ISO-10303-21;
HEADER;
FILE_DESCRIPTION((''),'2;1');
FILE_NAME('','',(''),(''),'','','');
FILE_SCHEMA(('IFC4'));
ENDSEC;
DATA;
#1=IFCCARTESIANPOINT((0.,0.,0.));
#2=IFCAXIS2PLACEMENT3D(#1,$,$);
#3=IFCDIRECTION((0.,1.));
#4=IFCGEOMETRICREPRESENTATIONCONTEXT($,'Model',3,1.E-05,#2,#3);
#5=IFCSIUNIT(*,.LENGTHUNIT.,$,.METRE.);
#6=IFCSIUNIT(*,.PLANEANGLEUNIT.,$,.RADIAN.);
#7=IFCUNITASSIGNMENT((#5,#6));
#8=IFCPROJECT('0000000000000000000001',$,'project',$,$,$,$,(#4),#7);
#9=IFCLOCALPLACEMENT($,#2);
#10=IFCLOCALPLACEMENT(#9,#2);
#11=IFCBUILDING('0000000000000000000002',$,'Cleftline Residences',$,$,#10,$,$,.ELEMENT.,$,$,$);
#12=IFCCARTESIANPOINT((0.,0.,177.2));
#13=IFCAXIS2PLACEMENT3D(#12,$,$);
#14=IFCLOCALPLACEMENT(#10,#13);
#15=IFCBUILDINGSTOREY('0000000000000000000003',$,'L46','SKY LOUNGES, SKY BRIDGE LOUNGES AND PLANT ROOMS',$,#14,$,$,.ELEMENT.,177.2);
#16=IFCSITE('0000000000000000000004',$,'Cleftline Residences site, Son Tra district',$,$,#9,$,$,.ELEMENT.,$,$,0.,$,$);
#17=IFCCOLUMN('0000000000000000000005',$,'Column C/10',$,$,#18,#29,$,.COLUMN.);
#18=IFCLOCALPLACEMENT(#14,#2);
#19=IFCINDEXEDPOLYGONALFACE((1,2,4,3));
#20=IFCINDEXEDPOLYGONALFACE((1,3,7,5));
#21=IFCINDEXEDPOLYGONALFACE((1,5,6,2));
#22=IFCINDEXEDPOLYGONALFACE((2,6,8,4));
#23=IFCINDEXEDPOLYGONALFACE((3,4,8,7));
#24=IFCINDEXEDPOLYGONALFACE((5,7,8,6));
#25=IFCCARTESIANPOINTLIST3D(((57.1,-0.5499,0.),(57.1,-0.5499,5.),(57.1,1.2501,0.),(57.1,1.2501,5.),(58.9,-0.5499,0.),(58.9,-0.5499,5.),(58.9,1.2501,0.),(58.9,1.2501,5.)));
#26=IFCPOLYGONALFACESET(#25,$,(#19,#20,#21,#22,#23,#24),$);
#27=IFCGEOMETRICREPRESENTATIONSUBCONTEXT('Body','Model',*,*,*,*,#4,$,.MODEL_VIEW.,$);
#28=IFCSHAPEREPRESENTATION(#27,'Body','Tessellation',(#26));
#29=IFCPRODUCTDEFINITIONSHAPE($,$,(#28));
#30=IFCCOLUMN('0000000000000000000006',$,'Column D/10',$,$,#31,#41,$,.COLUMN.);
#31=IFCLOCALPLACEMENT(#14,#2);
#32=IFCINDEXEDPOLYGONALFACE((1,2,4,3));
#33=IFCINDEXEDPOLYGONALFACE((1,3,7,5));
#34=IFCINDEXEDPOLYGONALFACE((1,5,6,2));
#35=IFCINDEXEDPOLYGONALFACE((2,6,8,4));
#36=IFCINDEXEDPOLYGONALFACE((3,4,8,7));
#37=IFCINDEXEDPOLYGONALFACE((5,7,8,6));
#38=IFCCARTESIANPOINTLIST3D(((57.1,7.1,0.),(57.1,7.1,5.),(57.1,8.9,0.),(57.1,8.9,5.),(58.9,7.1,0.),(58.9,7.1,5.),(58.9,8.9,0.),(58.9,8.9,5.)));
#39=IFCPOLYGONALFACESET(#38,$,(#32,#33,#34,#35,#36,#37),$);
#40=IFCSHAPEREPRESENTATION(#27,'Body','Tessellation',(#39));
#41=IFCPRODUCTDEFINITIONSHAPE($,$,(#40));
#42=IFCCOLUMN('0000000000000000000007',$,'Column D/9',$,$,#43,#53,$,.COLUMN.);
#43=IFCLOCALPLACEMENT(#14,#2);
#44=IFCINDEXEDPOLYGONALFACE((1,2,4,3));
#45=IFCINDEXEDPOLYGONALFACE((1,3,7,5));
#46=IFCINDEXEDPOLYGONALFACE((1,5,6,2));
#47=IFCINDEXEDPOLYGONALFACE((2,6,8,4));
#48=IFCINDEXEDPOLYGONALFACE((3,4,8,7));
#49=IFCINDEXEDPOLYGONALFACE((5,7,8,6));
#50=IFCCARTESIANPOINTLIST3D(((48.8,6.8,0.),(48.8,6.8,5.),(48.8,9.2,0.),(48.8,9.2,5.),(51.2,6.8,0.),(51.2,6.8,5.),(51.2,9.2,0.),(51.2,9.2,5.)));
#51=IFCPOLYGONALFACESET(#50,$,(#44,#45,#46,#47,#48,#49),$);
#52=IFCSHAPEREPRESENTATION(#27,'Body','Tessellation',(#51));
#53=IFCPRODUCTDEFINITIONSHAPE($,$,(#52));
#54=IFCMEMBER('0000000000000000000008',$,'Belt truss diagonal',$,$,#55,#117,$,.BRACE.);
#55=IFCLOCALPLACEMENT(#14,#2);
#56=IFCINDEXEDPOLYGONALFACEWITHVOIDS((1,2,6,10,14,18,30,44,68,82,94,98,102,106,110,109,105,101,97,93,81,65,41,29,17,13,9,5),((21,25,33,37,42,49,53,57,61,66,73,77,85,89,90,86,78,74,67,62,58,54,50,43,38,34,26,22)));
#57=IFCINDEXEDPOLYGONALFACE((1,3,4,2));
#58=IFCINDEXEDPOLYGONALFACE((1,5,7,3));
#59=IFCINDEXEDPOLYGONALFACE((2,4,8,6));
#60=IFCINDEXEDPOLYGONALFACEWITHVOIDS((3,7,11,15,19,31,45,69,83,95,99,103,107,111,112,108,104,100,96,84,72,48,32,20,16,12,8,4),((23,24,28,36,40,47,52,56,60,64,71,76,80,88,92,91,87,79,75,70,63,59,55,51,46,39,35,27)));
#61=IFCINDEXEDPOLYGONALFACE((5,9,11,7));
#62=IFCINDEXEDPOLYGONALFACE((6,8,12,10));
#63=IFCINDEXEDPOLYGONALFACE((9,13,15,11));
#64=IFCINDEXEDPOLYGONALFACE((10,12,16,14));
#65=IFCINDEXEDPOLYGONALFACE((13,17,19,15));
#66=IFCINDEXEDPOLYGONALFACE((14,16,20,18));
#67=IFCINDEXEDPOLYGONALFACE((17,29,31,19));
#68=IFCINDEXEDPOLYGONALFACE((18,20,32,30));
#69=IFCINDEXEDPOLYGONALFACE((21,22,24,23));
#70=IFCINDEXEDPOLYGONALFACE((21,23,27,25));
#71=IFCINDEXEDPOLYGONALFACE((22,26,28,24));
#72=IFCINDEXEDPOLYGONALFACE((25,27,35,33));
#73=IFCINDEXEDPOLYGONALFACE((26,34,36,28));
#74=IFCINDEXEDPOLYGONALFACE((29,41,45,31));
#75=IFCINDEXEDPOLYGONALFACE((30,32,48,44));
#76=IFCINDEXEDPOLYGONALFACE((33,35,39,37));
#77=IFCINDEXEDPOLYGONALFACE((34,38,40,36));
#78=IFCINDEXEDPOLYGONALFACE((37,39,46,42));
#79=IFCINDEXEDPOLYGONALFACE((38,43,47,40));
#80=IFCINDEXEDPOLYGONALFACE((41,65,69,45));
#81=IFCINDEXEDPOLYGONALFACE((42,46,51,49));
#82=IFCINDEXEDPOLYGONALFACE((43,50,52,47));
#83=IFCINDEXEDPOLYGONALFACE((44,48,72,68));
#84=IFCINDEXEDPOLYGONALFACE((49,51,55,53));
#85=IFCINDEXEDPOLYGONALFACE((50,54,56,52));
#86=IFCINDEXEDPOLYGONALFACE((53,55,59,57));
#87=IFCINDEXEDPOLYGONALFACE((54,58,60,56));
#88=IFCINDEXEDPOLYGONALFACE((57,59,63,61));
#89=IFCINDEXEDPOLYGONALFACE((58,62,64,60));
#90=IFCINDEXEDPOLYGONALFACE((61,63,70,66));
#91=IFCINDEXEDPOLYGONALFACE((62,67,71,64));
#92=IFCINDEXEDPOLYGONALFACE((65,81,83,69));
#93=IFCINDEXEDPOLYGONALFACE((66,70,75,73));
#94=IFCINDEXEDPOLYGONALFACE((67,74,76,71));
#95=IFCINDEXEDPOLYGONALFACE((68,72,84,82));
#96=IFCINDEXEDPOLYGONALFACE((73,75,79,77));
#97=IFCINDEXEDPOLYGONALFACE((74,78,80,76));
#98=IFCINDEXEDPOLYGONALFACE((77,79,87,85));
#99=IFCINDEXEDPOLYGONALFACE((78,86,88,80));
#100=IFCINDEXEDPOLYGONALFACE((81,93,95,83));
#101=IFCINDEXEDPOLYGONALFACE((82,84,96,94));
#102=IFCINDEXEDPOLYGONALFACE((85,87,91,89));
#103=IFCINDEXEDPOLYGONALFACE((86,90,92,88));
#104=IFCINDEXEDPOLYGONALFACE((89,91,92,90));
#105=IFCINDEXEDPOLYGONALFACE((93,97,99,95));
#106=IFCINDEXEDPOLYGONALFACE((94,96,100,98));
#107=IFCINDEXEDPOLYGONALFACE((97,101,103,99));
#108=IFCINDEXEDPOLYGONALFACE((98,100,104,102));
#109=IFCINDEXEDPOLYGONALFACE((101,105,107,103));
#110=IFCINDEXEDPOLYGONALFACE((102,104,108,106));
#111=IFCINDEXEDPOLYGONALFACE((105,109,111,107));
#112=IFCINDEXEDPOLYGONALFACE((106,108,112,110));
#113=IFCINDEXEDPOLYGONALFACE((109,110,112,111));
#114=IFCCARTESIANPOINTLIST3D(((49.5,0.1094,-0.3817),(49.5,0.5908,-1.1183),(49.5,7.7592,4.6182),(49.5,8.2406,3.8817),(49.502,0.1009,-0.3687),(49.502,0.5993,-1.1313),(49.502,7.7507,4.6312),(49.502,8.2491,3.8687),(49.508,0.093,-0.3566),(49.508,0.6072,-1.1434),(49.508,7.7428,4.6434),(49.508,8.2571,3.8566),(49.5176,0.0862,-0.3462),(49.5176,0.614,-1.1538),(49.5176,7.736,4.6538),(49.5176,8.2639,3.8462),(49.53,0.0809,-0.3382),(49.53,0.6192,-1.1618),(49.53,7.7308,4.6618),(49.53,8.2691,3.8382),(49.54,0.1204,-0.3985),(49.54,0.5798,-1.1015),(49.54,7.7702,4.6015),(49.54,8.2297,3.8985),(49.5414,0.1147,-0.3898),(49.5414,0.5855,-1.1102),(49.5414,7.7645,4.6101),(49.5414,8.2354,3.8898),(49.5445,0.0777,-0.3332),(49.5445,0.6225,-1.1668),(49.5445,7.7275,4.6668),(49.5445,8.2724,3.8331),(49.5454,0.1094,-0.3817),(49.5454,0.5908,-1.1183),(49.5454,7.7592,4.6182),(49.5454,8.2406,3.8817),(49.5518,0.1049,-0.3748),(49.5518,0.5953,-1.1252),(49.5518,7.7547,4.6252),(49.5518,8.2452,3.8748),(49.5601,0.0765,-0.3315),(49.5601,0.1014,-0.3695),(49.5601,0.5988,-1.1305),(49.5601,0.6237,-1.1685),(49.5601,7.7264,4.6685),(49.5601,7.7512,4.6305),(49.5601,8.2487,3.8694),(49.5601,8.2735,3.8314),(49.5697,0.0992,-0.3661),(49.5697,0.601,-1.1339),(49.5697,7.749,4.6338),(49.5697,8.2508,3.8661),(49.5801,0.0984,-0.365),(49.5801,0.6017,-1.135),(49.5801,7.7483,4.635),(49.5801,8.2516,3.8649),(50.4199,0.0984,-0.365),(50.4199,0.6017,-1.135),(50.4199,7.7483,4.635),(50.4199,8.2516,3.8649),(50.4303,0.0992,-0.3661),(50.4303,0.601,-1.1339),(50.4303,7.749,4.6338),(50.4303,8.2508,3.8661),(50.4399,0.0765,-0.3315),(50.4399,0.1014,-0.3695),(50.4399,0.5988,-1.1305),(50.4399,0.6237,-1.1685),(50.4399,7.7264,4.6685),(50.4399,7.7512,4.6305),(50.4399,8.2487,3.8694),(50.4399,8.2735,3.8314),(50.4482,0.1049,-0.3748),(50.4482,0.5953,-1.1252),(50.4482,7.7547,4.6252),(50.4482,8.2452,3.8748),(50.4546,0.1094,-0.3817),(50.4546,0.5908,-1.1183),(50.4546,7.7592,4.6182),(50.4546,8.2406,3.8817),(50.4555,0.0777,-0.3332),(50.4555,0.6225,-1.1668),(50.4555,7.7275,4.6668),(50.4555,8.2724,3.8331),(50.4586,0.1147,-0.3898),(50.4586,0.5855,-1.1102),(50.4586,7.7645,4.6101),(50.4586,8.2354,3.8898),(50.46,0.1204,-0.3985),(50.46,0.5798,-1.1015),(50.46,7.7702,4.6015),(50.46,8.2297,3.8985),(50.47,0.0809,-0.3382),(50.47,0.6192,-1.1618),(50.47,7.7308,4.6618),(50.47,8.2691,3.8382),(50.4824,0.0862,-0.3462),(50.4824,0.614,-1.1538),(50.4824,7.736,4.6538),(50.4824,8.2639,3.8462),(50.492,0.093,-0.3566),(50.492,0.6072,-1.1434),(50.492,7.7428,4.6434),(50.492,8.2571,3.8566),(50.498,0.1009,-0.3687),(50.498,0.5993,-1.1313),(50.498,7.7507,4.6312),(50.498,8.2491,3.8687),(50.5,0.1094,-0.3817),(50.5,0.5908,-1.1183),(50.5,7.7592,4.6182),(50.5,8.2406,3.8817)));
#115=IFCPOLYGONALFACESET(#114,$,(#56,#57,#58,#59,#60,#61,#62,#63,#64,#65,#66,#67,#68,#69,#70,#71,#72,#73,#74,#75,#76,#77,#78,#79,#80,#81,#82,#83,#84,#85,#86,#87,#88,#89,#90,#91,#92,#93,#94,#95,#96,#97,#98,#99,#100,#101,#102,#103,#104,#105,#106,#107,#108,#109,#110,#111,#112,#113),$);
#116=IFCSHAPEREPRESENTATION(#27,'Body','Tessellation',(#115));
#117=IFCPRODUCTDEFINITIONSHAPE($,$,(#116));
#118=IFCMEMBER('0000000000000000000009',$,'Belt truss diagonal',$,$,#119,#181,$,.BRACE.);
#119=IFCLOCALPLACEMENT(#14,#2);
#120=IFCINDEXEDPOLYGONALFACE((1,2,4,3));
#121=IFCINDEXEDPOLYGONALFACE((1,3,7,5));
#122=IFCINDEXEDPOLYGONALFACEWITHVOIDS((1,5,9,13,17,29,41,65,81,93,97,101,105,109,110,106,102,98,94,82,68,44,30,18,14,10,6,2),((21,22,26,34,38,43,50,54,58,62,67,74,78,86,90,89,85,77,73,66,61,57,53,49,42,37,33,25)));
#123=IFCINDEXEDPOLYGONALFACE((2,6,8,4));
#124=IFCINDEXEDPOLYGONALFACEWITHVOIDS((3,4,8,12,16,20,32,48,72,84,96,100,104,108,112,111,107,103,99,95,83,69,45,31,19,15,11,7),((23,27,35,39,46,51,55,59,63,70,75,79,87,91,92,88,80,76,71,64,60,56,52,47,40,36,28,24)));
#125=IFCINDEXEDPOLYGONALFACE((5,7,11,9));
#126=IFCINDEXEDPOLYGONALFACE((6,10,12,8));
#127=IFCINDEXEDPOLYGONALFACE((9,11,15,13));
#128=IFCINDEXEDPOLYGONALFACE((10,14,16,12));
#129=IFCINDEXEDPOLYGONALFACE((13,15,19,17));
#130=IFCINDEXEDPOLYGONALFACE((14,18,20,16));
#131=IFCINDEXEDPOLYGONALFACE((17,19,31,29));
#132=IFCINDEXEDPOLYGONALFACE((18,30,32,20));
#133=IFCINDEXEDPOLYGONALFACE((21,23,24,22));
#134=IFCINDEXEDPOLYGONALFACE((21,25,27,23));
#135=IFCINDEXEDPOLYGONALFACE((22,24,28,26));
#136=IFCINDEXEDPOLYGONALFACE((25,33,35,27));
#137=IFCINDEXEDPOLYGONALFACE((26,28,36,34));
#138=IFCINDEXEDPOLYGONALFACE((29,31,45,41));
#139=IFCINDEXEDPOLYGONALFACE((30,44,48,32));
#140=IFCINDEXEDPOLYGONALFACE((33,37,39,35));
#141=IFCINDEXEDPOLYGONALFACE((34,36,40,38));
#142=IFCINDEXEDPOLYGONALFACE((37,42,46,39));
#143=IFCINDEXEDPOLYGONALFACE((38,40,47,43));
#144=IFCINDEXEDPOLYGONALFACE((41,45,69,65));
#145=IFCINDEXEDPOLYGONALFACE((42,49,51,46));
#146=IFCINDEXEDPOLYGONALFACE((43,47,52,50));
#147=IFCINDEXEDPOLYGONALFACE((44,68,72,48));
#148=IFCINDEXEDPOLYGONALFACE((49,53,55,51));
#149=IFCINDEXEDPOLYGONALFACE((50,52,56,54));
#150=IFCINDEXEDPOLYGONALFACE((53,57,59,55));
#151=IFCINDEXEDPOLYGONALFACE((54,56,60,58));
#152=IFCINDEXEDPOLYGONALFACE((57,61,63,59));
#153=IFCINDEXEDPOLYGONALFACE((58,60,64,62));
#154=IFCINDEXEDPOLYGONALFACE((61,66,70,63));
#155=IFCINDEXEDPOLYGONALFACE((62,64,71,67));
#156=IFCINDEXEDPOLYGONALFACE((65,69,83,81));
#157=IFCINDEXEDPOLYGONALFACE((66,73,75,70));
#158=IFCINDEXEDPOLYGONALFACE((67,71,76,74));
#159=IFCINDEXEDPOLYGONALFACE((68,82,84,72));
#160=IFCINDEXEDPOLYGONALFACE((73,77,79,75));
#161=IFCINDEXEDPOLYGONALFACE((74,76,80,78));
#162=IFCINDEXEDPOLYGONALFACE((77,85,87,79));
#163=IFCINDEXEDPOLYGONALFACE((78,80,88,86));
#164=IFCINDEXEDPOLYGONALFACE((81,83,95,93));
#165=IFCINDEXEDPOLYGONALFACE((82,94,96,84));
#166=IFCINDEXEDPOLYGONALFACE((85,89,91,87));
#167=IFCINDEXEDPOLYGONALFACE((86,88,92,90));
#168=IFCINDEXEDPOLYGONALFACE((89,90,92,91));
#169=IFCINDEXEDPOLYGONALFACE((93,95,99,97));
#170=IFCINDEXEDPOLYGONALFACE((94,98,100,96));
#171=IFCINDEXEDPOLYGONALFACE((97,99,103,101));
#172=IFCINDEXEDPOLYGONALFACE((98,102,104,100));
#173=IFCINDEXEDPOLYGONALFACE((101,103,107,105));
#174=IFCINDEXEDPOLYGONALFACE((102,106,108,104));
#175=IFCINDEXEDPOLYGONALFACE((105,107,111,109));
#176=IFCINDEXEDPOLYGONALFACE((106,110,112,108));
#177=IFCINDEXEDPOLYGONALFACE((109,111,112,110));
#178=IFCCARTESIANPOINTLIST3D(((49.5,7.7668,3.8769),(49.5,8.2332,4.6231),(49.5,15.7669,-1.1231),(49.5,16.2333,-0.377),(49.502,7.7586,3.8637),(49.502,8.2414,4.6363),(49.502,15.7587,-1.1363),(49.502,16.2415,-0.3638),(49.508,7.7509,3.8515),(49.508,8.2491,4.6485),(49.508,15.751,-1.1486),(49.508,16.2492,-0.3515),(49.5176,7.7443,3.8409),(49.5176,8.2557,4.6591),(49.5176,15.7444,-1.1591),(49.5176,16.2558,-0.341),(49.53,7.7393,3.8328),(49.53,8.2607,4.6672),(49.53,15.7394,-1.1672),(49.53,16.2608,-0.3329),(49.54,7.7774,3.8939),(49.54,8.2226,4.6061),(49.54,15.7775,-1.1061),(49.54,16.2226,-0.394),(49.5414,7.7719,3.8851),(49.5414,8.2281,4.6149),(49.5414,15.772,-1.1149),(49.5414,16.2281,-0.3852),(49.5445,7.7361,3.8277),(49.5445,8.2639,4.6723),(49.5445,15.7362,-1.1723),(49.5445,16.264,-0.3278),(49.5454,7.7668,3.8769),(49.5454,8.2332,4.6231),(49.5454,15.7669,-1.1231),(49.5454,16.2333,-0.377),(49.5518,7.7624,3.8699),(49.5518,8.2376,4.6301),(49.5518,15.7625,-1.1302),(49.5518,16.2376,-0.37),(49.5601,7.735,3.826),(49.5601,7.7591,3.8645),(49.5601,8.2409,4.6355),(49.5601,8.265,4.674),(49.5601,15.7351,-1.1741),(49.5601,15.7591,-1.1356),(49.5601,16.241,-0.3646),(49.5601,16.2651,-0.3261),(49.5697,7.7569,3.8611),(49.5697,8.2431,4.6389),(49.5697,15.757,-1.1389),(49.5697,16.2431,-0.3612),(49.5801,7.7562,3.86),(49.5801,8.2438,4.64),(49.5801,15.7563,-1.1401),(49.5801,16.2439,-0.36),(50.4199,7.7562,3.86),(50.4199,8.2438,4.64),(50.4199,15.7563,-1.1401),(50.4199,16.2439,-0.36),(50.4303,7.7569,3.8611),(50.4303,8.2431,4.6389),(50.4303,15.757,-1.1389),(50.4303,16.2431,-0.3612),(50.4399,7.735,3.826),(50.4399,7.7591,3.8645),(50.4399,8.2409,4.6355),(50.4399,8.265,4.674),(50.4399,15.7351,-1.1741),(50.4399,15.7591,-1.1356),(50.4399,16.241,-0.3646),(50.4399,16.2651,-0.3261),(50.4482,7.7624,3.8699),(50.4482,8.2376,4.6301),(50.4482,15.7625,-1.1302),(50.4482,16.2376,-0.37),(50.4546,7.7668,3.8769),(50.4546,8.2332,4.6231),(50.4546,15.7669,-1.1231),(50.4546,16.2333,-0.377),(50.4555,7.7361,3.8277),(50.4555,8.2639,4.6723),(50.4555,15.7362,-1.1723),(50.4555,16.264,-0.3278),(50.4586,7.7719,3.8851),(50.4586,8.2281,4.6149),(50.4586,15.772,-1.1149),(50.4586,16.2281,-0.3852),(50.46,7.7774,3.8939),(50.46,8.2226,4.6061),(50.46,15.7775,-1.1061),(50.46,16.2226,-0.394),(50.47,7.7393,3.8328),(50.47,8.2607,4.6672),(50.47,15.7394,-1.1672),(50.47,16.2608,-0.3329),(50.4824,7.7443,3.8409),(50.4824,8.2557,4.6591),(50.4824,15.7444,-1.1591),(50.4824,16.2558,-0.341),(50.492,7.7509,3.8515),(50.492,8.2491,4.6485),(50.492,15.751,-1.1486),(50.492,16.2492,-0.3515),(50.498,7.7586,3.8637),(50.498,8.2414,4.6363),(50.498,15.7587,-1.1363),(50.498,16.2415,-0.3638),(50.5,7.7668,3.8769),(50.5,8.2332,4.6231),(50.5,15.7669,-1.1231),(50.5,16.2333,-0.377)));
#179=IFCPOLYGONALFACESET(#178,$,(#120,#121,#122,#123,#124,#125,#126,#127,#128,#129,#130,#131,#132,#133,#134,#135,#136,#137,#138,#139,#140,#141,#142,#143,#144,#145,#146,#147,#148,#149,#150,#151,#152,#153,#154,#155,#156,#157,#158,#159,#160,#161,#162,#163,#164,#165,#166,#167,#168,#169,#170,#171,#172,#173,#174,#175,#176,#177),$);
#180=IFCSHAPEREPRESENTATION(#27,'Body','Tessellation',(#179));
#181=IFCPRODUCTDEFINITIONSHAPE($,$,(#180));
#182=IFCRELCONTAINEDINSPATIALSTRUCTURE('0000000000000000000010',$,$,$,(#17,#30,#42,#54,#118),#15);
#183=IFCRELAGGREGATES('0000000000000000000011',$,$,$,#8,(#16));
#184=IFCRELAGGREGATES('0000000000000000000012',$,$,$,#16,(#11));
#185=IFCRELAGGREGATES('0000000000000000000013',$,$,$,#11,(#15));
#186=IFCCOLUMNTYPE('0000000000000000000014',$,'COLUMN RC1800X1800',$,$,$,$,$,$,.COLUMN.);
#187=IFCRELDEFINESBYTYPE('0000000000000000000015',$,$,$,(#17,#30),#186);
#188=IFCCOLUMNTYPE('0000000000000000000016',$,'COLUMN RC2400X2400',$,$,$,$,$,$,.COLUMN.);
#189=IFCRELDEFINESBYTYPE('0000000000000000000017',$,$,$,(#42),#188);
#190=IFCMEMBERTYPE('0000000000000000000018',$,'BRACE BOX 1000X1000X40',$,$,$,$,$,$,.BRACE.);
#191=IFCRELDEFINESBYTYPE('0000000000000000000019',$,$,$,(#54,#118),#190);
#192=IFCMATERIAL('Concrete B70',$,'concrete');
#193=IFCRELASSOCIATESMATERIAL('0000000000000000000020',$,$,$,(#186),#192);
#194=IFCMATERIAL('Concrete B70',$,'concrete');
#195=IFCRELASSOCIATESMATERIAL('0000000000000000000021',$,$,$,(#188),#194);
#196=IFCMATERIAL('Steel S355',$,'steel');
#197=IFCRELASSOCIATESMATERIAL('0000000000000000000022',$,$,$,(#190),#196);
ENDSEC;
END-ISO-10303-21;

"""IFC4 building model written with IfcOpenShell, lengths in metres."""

from ifc_helpers import new_model, si_unit, direction, frame, origin, origin_2d, place, context, subcontext, project, spatial, rectangle, hollow_rectangle, extrude, material, material_profile, profile_set, type_object, element, save


model = new_model("IFC4")

# Units and contexts
model_context = context("Model", 3, precision=1e-05, world=origin(), true_north=direction((0.0, 1.0)))
body_context = subcontext(model_context, "Body", "Model", "MODEL_VIEW")
ifc_project = project(units=[si_unit("LENGTHUNIT", "METRE"), si_unit("PLANEANGLEUNIT", "RADIAN")], contexts=[model_context])

# Site, building, storey
site_placement = place(None, origin())
site = spatial("IfcSite", under=ifc_project, at=site_placement, Name="Cleftline Residences site, Son Tra district", CompositionType="ELEMENT", RefElevation=0.0)
building_placement = place(site_placement, origin())
building = spatial("IfcBuilding", under=site, at=building_placement, Name="Cleftline Residences", CompositionType="ELEMENT")
storey_placement = place(building_placement, frame((0.0, 0.0, 177.2)))
storey = spatial("IfcBuildingStorey", under=building, at=storey_placement, Name="L46", Description="SKY LOUNGES, SKY BRIDGE LOUNGES AND PLANT ROOMS", CompositionType="ELEMENT", Elevation=177.2)

# Columns
ifc_material_1 = material(Name="Concrete B70", Category="concrete")
ifc_material_profile_1 = material_profile(ifc_material_1, rectangle(XDim=1.8, YDim=1.8, at=origin_2d()))
ifc_profile_set_1 = profile_set([ifc_material_profile_1], Name="Concrete B70")
column_type_1 = type_object("IfcColumnType", Name="COLUMN RC1800X1800", PredefinedType="COLUMN", material=ifc_profile_set_1)
for number, where, z_axis, x_axis, name in (
    (1, (58.0, 0.3501, 0.0), (0.0, 0.0, 1.0), (1.0, 0.0, 0.0), "Column C/10"),
    (2, (58.0, 8.0, 0.0), (0.0, 0.0, 1.0), (1.0, 0.0, 0.0), "Column D/10"),
):
    element("IfcColumn", number, at=place(storey_placement, frame(where, z_axis=z_axis, x_axis=x_axis)), inside=storey, type_object=column_type_1, Name=name, PredefinedType="COLUMN", context=body_context, shape_type="SweptSolid", body=[
        extrude(rectangle(XDim=1.8, YDim=1.8, at=origin_2d()), origin(), (0.0, 0.0, 1.0), 5.0),
    ])
ifc_material_2 = material(Name="Concrete B70", Category="concrete")
ifc_material_profile_2 = material_profile(ifc_material_2, rectangle(XDim=2.3999, YDim=2.3999, at=origin_2d()))
ifc_profile_set_2 = profile_set([ifc_material_profile_2], Name="Concrete B70")
column_type_2 = type_object("IfcColumnType", Name="COLUMN RC2400X2400", PredefinedType="COLUMN", material=ifc_profile_set_2)
column_placement = place(storey_placement, frame((50.0, 8.0, 0.0), z_axis=(0.0, 0.0, 1.0), x_axis=(1.0, 0.0, 0.0)))
element("IfcColumn", 3, at=column_placement, inside=storey, type_object=column_type_2, Name="Column D/9", PredefinedType="COLUMN", context=body_context, shape_type="SweptSolid", body=[
    extrude(rectangle(XDim=2.3999, YDim=2.3999, at=origin_2d()), origin(), (0.0, 0.0, 1.0), 5.0),
])

# Members
ifc_material_3 = material(Name="Steel S355", Category="steel")
ifc_material_profile_3 = material_profile(ifc_material_3, hollow_rectangle(XDim=1.0, YDim=1.0, WallThickness=0.04, InnerFilletRadius=0.04, OuterFilletRadius=0.0601, at=origin_2d()))
ifc_profile_set_3 = profile_set([ifc_material_profile_3], Name="Steel S355")
member_type_1 = type_object("IfcMemberType", Name="BRACE BOX 1000X1000X40", PredefinedType="BRACE", material=ifc_profile_set_3)
member_1_placement = place(storey_placement, frame((50.0, 0.3501, -0.75), z_axis=(0.0, 0.837063, 0.547107), x_axis=(0.0, -0.547107, 0.837063)))
element("IfcMember", 4, at=member_1_placement, inside=storey, type_object=member_type_1, Name="Belt truss diagonal", PredefinedType="BRACE", context=body_context, shape_type="SweptSolid", body=[
    extrude(hollow_rectangle(XDim=1.0, YDim=1.0, WallThickness=0.04, InnerFilletRadius=0.04, OuterFilletRadius=0.0601, at=origin_2d()), origin(), (0.0, 0.0, 1.0), 9.1389),
])
member_2_placement = place(storey_placement, frame((50.0, 8.0, 4.25), z_axis=(0.0, 0.847998, -0.529999), x_axis=(0.0, 0.529999, 0.847998)))
element("IfcMember", 5, at=member_2_placement, inside=storey, type_object=member_type_1, Name="Belt truss diagonal", PredefinedType="BRACE", context=body_context, shape_type="SweptSolid", body=[
    extrude(hollow_rectangle(XDim=1.0, YDim=1.0, WallThickness=0.04, InnerFilletRadius=0.04, OuterFilletRadius=0.0601, at=origin_2d()), origin(), (0.0, 0.0, 1.0), 9.4341),
])

save(model, "model.ifc")
